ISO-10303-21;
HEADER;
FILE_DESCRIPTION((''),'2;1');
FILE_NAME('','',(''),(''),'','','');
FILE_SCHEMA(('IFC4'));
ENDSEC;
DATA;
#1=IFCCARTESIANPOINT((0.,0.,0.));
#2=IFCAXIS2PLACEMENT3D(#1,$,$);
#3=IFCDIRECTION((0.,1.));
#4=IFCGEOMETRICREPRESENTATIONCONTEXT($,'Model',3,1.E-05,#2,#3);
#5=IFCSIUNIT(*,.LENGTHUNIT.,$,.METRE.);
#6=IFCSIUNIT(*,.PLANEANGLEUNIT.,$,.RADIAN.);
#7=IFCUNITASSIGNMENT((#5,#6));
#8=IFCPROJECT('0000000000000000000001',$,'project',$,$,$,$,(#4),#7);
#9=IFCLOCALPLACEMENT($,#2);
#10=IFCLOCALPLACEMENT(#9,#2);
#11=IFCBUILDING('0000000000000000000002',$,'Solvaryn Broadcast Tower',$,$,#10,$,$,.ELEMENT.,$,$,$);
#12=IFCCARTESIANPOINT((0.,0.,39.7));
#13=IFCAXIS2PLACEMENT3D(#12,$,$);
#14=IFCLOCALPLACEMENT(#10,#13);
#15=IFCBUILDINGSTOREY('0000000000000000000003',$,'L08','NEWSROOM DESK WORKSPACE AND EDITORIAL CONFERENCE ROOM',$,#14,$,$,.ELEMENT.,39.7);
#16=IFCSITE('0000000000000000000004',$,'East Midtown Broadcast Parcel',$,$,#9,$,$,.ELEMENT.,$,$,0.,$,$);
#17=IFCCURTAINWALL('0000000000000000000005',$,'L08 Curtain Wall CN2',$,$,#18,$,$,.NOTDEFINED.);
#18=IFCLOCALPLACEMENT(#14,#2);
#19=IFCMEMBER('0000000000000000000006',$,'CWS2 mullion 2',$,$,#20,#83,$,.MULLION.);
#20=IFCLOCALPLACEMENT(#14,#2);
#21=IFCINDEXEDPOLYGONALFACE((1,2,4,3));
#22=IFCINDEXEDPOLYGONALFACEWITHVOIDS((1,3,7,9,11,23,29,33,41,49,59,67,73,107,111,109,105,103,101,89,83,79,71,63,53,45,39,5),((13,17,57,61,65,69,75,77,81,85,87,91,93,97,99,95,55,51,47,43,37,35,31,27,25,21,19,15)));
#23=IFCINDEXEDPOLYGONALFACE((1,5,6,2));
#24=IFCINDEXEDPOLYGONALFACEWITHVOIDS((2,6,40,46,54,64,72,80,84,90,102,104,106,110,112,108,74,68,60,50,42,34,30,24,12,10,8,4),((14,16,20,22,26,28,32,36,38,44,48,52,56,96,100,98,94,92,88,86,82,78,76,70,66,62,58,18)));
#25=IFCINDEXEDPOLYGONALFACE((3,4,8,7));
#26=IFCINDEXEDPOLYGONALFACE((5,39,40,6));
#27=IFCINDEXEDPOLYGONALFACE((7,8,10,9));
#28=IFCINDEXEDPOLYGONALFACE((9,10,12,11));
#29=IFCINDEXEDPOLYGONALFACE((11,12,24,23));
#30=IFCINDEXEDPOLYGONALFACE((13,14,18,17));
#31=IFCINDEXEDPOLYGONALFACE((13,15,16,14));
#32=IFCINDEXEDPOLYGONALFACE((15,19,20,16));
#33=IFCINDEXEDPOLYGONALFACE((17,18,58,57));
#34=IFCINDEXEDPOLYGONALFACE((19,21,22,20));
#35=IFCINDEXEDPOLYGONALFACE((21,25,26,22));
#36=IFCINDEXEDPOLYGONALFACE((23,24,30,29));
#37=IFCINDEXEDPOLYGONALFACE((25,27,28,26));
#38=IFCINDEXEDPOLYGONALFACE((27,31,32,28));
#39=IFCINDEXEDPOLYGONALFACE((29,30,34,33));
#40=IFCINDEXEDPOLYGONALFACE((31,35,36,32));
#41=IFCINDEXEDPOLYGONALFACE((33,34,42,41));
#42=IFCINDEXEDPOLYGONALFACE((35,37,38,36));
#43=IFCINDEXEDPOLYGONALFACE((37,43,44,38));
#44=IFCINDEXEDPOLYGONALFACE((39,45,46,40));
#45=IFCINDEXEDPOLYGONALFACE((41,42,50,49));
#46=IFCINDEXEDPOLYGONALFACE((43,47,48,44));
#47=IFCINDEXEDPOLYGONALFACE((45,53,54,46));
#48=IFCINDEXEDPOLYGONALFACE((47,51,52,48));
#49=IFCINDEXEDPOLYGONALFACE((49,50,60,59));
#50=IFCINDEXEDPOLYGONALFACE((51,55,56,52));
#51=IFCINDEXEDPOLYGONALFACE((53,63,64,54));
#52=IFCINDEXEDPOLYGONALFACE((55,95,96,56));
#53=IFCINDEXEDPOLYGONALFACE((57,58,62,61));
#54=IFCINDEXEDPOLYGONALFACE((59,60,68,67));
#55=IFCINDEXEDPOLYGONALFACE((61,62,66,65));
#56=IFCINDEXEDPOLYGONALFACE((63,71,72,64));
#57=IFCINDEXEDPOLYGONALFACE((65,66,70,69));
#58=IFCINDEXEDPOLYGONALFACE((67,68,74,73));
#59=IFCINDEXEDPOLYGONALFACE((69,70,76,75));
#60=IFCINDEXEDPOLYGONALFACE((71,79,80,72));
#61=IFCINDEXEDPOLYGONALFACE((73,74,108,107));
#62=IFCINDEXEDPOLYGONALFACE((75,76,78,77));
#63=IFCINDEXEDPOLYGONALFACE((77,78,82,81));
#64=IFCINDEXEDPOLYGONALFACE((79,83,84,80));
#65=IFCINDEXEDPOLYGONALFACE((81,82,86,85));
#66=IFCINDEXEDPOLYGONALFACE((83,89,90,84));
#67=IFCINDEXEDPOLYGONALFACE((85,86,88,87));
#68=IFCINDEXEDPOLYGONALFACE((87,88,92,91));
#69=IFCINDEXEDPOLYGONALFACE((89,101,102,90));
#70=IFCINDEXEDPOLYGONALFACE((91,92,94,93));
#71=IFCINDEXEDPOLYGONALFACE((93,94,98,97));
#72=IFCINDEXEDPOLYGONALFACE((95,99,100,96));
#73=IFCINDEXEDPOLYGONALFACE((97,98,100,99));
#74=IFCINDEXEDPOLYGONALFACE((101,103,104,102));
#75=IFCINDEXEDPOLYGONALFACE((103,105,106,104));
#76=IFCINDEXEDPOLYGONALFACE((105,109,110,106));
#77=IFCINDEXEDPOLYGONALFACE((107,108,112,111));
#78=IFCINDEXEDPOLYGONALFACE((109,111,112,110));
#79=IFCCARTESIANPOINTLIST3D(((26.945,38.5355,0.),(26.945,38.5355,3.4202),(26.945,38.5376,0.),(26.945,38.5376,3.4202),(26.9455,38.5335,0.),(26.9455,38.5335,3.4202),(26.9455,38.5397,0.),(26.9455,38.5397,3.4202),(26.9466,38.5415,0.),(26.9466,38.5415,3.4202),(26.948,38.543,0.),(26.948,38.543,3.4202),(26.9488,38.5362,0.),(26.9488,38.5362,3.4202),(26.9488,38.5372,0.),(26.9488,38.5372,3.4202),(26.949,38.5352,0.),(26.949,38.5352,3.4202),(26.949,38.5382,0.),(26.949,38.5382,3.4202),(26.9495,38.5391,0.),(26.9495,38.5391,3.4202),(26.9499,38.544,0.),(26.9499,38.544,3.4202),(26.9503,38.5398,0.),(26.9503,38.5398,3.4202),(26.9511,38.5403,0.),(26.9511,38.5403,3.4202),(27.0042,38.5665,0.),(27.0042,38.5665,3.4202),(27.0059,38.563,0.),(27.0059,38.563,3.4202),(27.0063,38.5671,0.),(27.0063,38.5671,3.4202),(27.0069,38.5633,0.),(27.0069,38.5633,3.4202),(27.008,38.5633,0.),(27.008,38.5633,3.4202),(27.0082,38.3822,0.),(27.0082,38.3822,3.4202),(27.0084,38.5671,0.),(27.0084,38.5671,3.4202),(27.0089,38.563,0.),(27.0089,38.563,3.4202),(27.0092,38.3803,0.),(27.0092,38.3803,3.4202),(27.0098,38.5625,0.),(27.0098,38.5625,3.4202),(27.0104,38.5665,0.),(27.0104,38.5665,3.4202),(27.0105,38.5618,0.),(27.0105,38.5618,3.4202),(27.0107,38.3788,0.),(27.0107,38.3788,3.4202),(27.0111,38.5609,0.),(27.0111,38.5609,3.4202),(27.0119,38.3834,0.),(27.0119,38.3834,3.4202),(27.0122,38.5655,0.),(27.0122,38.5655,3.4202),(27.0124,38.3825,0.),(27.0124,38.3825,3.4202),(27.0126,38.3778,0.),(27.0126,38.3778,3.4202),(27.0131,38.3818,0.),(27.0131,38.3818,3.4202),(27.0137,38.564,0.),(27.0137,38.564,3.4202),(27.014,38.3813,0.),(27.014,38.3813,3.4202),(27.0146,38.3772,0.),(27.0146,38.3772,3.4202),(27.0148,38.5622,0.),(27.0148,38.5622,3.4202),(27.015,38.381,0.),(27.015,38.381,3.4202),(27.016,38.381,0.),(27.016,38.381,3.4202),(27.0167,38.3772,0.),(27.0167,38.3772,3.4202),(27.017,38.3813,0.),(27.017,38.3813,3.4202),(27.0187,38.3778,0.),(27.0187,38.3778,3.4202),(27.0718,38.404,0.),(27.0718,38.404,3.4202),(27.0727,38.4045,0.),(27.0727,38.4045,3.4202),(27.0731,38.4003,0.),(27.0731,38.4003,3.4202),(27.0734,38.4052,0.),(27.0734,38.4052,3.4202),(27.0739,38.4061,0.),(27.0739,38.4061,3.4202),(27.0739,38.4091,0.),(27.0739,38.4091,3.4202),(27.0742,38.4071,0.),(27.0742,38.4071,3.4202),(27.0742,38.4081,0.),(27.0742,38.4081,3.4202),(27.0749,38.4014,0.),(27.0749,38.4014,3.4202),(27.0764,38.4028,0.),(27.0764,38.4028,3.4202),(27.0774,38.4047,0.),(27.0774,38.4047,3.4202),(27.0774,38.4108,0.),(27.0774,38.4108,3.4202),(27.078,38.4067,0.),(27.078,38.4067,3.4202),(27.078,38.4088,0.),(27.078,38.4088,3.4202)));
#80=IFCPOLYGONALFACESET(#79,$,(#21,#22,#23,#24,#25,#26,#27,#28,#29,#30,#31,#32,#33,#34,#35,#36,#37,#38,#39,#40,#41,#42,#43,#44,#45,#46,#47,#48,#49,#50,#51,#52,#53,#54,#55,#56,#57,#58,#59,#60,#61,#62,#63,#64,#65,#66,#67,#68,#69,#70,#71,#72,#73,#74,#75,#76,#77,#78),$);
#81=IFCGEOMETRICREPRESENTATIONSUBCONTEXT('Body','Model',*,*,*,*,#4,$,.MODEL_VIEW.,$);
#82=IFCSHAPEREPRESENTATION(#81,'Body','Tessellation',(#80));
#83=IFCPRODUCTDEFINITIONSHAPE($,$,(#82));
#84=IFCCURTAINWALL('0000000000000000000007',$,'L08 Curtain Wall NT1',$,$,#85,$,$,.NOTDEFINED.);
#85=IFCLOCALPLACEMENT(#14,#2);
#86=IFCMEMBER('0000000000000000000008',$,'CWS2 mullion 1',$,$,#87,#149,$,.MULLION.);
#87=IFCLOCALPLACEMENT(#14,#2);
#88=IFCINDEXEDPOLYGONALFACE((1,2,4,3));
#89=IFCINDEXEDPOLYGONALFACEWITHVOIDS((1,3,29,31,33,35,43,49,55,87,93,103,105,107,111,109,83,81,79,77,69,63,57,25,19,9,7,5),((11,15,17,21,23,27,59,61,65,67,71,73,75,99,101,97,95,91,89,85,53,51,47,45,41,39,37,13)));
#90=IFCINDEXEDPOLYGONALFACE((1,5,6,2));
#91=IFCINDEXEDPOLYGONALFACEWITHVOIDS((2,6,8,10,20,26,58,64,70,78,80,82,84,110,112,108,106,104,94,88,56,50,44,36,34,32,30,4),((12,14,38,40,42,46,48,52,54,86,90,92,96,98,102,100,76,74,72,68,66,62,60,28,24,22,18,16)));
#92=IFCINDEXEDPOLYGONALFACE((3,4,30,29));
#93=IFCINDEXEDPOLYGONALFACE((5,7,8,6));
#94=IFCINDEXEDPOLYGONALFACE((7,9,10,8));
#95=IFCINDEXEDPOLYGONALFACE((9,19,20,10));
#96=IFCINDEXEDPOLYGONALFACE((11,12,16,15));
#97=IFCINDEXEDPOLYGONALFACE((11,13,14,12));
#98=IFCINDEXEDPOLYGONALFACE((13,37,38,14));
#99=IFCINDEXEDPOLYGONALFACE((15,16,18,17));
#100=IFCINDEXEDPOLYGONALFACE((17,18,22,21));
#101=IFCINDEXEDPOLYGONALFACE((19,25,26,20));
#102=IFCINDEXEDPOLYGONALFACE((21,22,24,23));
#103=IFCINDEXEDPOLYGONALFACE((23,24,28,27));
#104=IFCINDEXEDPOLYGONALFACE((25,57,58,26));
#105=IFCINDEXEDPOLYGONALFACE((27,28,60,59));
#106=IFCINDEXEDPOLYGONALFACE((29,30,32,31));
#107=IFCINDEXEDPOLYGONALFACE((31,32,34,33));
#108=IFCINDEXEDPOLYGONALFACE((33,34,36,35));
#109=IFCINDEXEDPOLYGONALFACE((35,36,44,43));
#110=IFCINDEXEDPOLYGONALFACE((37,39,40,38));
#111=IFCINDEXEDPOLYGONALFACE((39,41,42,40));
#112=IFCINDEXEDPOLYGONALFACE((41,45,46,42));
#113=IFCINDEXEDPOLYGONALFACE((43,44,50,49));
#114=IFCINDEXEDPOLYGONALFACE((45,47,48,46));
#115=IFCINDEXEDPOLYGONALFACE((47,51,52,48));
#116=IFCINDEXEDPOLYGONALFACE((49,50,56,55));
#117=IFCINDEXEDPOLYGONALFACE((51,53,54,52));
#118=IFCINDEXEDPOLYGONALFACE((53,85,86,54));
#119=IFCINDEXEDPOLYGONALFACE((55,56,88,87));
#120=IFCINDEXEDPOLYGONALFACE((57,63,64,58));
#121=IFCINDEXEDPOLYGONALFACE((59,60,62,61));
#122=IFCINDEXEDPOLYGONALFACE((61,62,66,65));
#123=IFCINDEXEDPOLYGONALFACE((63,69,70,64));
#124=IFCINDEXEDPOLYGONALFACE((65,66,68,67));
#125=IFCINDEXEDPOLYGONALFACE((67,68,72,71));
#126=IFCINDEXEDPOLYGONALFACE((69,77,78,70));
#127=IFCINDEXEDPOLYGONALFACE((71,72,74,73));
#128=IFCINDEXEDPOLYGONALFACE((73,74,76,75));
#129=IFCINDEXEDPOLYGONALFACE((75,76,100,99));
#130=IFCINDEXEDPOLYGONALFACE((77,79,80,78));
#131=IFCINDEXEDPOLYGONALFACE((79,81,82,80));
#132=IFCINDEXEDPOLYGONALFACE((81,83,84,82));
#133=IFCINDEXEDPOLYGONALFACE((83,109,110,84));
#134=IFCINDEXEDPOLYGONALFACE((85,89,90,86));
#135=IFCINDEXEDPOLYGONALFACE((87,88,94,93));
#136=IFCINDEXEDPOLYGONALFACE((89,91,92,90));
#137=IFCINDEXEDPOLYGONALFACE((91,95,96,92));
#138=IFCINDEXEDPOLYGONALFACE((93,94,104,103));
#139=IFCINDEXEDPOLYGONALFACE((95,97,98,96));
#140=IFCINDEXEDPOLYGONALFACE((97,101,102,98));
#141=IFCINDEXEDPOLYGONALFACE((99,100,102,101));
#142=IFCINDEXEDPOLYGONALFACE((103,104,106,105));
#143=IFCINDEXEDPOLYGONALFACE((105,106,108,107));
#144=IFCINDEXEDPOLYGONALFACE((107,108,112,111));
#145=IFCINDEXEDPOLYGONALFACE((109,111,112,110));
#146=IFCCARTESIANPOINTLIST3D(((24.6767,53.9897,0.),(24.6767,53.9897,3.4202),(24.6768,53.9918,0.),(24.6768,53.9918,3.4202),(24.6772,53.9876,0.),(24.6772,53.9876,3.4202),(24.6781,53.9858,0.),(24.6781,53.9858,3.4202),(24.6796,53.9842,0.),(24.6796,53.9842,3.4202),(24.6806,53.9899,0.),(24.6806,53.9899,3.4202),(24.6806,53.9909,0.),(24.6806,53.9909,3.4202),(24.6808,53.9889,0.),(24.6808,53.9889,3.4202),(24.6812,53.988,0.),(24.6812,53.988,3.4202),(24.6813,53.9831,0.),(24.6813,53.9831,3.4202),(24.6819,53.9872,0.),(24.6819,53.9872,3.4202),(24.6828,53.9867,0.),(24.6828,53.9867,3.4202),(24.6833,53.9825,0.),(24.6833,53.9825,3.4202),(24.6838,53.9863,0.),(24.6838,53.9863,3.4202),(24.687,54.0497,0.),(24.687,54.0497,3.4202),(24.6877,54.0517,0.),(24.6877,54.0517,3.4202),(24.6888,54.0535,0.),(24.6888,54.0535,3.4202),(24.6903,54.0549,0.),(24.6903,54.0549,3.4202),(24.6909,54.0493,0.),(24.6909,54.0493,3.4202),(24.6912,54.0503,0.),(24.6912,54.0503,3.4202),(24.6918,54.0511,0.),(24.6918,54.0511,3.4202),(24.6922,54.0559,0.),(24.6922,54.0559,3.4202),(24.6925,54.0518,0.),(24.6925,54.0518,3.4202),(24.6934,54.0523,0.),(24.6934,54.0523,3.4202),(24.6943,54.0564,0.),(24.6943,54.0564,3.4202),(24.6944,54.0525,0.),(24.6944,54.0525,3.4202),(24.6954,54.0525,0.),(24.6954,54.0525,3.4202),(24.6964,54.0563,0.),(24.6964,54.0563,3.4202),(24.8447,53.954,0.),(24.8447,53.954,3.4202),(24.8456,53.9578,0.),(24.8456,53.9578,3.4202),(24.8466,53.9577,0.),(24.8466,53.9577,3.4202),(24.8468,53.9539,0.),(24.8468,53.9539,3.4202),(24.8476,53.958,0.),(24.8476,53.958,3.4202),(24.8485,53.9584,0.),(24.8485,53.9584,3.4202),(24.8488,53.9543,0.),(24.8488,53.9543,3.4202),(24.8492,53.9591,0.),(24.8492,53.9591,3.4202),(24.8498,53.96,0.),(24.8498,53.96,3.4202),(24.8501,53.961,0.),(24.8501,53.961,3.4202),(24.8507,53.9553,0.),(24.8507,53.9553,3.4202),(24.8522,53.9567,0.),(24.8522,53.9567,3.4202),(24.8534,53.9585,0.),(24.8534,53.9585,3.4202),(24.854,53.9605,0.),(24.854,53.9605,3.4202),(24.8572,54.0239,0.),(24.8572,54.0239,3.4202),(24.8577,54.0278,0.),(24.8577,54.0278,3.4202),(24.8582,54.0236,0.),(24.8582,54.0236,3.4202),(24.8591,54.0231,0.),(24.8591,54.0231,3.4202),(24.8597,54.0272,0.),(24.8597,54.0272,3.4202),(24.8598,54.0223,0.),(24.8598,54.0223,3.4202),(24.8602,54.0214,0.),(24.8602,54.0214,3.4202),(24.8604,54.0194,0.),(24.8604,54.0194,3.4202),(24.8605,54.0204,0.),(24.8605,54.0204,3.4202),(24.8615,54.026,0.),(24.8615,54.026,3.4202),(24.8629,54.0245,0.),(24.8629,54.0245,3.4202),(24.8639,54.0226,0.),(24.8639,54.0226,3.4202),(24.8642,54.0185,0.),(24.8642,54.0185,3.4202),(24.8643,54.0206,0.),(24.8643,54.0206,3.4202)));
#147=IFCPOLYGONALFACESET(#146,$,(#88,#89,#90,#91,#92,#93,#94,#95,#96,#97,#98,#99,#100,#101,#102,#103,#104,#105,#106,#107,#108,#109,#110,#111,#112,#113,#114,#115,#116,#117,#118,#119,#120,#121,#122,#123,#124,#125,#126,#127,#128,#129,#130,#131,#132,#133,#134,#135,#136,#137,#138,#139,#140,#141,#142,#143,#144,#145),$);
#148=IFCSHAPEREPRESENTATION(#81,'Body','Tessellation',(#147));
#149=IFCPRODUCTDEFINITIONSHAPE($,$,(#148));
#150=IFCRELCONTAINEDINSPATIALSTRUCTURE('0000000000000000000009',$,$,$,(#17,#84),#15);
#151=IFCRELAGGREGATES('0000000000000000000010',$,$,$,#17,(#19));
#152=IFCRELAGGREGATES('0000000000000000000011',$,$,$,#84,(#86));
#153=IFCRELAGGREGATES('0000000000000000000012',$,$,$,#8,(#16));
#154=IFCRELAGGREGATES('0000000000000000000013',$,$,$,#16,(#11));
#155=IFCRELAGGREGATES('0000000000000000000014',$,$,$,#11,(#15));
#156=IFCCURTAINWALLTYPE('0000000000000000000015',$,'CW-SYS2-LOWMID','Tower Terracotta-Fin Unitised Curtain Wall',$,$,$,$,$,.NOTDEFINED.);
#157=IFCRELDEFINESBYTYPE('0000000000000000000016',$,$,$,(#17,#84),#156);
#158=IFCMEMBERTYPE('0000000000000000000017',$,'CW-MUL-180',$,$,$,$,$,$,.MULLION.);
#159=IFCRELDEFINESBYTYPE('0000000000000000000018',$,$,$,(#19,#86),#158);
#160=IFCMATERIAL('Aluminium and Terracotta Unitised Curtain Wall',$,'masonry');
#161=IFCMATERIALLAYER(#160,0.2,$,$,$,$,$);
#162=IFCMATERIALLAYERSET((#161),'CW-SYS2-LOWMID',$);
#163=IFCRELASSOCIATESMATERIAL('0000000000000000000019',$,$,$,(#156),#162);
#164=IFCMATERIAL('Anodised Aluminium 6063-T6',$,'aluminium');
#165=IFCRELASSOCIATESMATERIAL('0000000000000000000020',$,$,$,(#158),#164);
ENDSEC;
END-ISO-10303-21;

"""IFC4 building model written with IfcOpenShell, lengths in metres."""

from ifc_helpers import new_model, si_unit, direction, frame, origin, origin_2d, place, context, subcontext, project, spatial, hollow_rectangle, extrude, material, layer, layer_set, material_profile, profile_set, type_object, element, aggregate, save


model = new_model("IFC4")

# Units and contexts
model_context = context("Model", 3, precision=1e-05, world=origin(), true_north=direction((0.0, 1.0)))
body_context = subcontext(model_context, "Body", "Model", "MODEL_VIEW")
ifc_project = project(units=[si_unit("LENGTHUNIT", "METRE"), si_unit("PLANEANGLEUNIT", "RADIAN")], contexts=[model_context])

# Site, building, storey
site_placement = place(None, origin())
site = spatial("IfcSite", under=ifc_project, at=site_placement, Name="East Midtown Broadcast Parcel", CompositionType="ELEMENT", RefElevation=0.0)
building_placement = place(site_placement, origin())
building = spatial("IfcBuilding", under=site, at=building_placement, Name="Solvaryn Broadcast Tower", CompositionType="ELEMENT")
storey_placement = place(building_placement, frame((0.0, 0.0, 39.7)))
storey = spatial("IfcBuildingStorey", under=building, at=storey_placement, Name="L08", Description="NEWSROOM DESK WORKSPACE AND EDITORIAL CONFERENCE ROOM", CompositionType="ELEMENT", Elevation=39.7)

# Shared definitions
ifc_material_1 = material(Name="Aluminium and Terracotta Unitised Curtain Wall", Category="masonry")
ifc_layer_1 = layer(ifc_material_1, 0.2)
ifc_layer_set_1 = layer_set([ifc_layer_1], Name="CW-SYS2-LOWMID")
curtain_wall_type = type_object("IfcCurtainWallType", Name="CW-SYS2-LOWMID", Description="Tower Terracotta-Fin Unitised Curtain Wall", PredefinedType="NOTDEFINED", material=ifc_layer_set_1)
ifc_material_2 = material(Name="Anodised Aluminium 6063-T6", Category="aluminium")
ifc_material_profile_1 = material_profile(ifc_material_2, hollow_rectangle(XDim=0.075, YDim=0.1799, WallThickness=0.0039, InnerFilletRadius=0.0039, OuterFilletRadius=0.0081, at=origin_2d()))
ifc_profile_set_1 = profile_set([ifc_material_profile_1], Name="Anodised Aluminium 6063-T6")
member_type_1 = type_object("IfcMemberType", Name="CW-MUL-180", PredefinedType="MULLION", material=ifc_profile_set_1)

# Curtain walls, members
curtain_wall_1_placement = place(storey_placement, origin())
curtain_wall_1 = element("IfcCurtainWall", 1, at=curtain_wall_1_placement, inside=storey, type_object=curtain_wall_type, Name="L08 Curtain Wall CN2", PredefinedType="NOTDEFINED")
member_1_placement = place(storey_placement, frame((27.0115, 38.4722, 0.0), z_axis=(0.0, 0.0, 1.0), x_axis=(-0.923895, -0.382646, 0.0)))
member_1 = element("IfcMember", 2, at=member_1_placement, type_object=member_type_1, Name="CWS2 mullion 2", PredefinedType="MULLION", context=body_context, shape_type="SweptSolid", body=[
    extrude(hollow_rectangle(XDim=0.075, YDim=0.1799, WallThickness=0.0039, InnerFilletRadius=0.0039, OuterFilletRadius=0.0081, at=origin_2d()), origin(), (0.0, 0.0, 1.0), 3.4202),
])
aggregate(curtain_wall_1, [member_1])
curtain_wall_2_placement = place(storey_placement, origin())
curtain_wall_2 = element("IfcCurtainWall", 3, at=curtain_wall_2_placement, inside=storey, type_object=curtain_wall_type, Name="L08 Curtain Wall NT1", PredefinedType="NOTDEFINED")
member_2_placement = place(storey_placement, frame((24.7705, 54.0051, 0.0), z_axis=(0.0, 0.0, 1.0), x_axis=(-0.173785, -0.984784, 0.0)))
member_2 = element("IfcMember", 4, at=member_2_placement, type_object=member_type_1, Name="CWS2 mullion 1", PredefinedType="MULLION", context=body_context, shape_type="SweptSolid", body=[
    extrude(hollow_rectangle(XDim=0.075, YDim=0.1799, WallThickness=0.0039, InnerFilletRadius=0.0039, OuterFilletRadius=0.0081, at=origin_2d()), origin(), (0.0, 0.0, 1.0), 3.4202),
])

aggregate(curtain_wall_2, [member_2])

save(model, "model.ifc")
